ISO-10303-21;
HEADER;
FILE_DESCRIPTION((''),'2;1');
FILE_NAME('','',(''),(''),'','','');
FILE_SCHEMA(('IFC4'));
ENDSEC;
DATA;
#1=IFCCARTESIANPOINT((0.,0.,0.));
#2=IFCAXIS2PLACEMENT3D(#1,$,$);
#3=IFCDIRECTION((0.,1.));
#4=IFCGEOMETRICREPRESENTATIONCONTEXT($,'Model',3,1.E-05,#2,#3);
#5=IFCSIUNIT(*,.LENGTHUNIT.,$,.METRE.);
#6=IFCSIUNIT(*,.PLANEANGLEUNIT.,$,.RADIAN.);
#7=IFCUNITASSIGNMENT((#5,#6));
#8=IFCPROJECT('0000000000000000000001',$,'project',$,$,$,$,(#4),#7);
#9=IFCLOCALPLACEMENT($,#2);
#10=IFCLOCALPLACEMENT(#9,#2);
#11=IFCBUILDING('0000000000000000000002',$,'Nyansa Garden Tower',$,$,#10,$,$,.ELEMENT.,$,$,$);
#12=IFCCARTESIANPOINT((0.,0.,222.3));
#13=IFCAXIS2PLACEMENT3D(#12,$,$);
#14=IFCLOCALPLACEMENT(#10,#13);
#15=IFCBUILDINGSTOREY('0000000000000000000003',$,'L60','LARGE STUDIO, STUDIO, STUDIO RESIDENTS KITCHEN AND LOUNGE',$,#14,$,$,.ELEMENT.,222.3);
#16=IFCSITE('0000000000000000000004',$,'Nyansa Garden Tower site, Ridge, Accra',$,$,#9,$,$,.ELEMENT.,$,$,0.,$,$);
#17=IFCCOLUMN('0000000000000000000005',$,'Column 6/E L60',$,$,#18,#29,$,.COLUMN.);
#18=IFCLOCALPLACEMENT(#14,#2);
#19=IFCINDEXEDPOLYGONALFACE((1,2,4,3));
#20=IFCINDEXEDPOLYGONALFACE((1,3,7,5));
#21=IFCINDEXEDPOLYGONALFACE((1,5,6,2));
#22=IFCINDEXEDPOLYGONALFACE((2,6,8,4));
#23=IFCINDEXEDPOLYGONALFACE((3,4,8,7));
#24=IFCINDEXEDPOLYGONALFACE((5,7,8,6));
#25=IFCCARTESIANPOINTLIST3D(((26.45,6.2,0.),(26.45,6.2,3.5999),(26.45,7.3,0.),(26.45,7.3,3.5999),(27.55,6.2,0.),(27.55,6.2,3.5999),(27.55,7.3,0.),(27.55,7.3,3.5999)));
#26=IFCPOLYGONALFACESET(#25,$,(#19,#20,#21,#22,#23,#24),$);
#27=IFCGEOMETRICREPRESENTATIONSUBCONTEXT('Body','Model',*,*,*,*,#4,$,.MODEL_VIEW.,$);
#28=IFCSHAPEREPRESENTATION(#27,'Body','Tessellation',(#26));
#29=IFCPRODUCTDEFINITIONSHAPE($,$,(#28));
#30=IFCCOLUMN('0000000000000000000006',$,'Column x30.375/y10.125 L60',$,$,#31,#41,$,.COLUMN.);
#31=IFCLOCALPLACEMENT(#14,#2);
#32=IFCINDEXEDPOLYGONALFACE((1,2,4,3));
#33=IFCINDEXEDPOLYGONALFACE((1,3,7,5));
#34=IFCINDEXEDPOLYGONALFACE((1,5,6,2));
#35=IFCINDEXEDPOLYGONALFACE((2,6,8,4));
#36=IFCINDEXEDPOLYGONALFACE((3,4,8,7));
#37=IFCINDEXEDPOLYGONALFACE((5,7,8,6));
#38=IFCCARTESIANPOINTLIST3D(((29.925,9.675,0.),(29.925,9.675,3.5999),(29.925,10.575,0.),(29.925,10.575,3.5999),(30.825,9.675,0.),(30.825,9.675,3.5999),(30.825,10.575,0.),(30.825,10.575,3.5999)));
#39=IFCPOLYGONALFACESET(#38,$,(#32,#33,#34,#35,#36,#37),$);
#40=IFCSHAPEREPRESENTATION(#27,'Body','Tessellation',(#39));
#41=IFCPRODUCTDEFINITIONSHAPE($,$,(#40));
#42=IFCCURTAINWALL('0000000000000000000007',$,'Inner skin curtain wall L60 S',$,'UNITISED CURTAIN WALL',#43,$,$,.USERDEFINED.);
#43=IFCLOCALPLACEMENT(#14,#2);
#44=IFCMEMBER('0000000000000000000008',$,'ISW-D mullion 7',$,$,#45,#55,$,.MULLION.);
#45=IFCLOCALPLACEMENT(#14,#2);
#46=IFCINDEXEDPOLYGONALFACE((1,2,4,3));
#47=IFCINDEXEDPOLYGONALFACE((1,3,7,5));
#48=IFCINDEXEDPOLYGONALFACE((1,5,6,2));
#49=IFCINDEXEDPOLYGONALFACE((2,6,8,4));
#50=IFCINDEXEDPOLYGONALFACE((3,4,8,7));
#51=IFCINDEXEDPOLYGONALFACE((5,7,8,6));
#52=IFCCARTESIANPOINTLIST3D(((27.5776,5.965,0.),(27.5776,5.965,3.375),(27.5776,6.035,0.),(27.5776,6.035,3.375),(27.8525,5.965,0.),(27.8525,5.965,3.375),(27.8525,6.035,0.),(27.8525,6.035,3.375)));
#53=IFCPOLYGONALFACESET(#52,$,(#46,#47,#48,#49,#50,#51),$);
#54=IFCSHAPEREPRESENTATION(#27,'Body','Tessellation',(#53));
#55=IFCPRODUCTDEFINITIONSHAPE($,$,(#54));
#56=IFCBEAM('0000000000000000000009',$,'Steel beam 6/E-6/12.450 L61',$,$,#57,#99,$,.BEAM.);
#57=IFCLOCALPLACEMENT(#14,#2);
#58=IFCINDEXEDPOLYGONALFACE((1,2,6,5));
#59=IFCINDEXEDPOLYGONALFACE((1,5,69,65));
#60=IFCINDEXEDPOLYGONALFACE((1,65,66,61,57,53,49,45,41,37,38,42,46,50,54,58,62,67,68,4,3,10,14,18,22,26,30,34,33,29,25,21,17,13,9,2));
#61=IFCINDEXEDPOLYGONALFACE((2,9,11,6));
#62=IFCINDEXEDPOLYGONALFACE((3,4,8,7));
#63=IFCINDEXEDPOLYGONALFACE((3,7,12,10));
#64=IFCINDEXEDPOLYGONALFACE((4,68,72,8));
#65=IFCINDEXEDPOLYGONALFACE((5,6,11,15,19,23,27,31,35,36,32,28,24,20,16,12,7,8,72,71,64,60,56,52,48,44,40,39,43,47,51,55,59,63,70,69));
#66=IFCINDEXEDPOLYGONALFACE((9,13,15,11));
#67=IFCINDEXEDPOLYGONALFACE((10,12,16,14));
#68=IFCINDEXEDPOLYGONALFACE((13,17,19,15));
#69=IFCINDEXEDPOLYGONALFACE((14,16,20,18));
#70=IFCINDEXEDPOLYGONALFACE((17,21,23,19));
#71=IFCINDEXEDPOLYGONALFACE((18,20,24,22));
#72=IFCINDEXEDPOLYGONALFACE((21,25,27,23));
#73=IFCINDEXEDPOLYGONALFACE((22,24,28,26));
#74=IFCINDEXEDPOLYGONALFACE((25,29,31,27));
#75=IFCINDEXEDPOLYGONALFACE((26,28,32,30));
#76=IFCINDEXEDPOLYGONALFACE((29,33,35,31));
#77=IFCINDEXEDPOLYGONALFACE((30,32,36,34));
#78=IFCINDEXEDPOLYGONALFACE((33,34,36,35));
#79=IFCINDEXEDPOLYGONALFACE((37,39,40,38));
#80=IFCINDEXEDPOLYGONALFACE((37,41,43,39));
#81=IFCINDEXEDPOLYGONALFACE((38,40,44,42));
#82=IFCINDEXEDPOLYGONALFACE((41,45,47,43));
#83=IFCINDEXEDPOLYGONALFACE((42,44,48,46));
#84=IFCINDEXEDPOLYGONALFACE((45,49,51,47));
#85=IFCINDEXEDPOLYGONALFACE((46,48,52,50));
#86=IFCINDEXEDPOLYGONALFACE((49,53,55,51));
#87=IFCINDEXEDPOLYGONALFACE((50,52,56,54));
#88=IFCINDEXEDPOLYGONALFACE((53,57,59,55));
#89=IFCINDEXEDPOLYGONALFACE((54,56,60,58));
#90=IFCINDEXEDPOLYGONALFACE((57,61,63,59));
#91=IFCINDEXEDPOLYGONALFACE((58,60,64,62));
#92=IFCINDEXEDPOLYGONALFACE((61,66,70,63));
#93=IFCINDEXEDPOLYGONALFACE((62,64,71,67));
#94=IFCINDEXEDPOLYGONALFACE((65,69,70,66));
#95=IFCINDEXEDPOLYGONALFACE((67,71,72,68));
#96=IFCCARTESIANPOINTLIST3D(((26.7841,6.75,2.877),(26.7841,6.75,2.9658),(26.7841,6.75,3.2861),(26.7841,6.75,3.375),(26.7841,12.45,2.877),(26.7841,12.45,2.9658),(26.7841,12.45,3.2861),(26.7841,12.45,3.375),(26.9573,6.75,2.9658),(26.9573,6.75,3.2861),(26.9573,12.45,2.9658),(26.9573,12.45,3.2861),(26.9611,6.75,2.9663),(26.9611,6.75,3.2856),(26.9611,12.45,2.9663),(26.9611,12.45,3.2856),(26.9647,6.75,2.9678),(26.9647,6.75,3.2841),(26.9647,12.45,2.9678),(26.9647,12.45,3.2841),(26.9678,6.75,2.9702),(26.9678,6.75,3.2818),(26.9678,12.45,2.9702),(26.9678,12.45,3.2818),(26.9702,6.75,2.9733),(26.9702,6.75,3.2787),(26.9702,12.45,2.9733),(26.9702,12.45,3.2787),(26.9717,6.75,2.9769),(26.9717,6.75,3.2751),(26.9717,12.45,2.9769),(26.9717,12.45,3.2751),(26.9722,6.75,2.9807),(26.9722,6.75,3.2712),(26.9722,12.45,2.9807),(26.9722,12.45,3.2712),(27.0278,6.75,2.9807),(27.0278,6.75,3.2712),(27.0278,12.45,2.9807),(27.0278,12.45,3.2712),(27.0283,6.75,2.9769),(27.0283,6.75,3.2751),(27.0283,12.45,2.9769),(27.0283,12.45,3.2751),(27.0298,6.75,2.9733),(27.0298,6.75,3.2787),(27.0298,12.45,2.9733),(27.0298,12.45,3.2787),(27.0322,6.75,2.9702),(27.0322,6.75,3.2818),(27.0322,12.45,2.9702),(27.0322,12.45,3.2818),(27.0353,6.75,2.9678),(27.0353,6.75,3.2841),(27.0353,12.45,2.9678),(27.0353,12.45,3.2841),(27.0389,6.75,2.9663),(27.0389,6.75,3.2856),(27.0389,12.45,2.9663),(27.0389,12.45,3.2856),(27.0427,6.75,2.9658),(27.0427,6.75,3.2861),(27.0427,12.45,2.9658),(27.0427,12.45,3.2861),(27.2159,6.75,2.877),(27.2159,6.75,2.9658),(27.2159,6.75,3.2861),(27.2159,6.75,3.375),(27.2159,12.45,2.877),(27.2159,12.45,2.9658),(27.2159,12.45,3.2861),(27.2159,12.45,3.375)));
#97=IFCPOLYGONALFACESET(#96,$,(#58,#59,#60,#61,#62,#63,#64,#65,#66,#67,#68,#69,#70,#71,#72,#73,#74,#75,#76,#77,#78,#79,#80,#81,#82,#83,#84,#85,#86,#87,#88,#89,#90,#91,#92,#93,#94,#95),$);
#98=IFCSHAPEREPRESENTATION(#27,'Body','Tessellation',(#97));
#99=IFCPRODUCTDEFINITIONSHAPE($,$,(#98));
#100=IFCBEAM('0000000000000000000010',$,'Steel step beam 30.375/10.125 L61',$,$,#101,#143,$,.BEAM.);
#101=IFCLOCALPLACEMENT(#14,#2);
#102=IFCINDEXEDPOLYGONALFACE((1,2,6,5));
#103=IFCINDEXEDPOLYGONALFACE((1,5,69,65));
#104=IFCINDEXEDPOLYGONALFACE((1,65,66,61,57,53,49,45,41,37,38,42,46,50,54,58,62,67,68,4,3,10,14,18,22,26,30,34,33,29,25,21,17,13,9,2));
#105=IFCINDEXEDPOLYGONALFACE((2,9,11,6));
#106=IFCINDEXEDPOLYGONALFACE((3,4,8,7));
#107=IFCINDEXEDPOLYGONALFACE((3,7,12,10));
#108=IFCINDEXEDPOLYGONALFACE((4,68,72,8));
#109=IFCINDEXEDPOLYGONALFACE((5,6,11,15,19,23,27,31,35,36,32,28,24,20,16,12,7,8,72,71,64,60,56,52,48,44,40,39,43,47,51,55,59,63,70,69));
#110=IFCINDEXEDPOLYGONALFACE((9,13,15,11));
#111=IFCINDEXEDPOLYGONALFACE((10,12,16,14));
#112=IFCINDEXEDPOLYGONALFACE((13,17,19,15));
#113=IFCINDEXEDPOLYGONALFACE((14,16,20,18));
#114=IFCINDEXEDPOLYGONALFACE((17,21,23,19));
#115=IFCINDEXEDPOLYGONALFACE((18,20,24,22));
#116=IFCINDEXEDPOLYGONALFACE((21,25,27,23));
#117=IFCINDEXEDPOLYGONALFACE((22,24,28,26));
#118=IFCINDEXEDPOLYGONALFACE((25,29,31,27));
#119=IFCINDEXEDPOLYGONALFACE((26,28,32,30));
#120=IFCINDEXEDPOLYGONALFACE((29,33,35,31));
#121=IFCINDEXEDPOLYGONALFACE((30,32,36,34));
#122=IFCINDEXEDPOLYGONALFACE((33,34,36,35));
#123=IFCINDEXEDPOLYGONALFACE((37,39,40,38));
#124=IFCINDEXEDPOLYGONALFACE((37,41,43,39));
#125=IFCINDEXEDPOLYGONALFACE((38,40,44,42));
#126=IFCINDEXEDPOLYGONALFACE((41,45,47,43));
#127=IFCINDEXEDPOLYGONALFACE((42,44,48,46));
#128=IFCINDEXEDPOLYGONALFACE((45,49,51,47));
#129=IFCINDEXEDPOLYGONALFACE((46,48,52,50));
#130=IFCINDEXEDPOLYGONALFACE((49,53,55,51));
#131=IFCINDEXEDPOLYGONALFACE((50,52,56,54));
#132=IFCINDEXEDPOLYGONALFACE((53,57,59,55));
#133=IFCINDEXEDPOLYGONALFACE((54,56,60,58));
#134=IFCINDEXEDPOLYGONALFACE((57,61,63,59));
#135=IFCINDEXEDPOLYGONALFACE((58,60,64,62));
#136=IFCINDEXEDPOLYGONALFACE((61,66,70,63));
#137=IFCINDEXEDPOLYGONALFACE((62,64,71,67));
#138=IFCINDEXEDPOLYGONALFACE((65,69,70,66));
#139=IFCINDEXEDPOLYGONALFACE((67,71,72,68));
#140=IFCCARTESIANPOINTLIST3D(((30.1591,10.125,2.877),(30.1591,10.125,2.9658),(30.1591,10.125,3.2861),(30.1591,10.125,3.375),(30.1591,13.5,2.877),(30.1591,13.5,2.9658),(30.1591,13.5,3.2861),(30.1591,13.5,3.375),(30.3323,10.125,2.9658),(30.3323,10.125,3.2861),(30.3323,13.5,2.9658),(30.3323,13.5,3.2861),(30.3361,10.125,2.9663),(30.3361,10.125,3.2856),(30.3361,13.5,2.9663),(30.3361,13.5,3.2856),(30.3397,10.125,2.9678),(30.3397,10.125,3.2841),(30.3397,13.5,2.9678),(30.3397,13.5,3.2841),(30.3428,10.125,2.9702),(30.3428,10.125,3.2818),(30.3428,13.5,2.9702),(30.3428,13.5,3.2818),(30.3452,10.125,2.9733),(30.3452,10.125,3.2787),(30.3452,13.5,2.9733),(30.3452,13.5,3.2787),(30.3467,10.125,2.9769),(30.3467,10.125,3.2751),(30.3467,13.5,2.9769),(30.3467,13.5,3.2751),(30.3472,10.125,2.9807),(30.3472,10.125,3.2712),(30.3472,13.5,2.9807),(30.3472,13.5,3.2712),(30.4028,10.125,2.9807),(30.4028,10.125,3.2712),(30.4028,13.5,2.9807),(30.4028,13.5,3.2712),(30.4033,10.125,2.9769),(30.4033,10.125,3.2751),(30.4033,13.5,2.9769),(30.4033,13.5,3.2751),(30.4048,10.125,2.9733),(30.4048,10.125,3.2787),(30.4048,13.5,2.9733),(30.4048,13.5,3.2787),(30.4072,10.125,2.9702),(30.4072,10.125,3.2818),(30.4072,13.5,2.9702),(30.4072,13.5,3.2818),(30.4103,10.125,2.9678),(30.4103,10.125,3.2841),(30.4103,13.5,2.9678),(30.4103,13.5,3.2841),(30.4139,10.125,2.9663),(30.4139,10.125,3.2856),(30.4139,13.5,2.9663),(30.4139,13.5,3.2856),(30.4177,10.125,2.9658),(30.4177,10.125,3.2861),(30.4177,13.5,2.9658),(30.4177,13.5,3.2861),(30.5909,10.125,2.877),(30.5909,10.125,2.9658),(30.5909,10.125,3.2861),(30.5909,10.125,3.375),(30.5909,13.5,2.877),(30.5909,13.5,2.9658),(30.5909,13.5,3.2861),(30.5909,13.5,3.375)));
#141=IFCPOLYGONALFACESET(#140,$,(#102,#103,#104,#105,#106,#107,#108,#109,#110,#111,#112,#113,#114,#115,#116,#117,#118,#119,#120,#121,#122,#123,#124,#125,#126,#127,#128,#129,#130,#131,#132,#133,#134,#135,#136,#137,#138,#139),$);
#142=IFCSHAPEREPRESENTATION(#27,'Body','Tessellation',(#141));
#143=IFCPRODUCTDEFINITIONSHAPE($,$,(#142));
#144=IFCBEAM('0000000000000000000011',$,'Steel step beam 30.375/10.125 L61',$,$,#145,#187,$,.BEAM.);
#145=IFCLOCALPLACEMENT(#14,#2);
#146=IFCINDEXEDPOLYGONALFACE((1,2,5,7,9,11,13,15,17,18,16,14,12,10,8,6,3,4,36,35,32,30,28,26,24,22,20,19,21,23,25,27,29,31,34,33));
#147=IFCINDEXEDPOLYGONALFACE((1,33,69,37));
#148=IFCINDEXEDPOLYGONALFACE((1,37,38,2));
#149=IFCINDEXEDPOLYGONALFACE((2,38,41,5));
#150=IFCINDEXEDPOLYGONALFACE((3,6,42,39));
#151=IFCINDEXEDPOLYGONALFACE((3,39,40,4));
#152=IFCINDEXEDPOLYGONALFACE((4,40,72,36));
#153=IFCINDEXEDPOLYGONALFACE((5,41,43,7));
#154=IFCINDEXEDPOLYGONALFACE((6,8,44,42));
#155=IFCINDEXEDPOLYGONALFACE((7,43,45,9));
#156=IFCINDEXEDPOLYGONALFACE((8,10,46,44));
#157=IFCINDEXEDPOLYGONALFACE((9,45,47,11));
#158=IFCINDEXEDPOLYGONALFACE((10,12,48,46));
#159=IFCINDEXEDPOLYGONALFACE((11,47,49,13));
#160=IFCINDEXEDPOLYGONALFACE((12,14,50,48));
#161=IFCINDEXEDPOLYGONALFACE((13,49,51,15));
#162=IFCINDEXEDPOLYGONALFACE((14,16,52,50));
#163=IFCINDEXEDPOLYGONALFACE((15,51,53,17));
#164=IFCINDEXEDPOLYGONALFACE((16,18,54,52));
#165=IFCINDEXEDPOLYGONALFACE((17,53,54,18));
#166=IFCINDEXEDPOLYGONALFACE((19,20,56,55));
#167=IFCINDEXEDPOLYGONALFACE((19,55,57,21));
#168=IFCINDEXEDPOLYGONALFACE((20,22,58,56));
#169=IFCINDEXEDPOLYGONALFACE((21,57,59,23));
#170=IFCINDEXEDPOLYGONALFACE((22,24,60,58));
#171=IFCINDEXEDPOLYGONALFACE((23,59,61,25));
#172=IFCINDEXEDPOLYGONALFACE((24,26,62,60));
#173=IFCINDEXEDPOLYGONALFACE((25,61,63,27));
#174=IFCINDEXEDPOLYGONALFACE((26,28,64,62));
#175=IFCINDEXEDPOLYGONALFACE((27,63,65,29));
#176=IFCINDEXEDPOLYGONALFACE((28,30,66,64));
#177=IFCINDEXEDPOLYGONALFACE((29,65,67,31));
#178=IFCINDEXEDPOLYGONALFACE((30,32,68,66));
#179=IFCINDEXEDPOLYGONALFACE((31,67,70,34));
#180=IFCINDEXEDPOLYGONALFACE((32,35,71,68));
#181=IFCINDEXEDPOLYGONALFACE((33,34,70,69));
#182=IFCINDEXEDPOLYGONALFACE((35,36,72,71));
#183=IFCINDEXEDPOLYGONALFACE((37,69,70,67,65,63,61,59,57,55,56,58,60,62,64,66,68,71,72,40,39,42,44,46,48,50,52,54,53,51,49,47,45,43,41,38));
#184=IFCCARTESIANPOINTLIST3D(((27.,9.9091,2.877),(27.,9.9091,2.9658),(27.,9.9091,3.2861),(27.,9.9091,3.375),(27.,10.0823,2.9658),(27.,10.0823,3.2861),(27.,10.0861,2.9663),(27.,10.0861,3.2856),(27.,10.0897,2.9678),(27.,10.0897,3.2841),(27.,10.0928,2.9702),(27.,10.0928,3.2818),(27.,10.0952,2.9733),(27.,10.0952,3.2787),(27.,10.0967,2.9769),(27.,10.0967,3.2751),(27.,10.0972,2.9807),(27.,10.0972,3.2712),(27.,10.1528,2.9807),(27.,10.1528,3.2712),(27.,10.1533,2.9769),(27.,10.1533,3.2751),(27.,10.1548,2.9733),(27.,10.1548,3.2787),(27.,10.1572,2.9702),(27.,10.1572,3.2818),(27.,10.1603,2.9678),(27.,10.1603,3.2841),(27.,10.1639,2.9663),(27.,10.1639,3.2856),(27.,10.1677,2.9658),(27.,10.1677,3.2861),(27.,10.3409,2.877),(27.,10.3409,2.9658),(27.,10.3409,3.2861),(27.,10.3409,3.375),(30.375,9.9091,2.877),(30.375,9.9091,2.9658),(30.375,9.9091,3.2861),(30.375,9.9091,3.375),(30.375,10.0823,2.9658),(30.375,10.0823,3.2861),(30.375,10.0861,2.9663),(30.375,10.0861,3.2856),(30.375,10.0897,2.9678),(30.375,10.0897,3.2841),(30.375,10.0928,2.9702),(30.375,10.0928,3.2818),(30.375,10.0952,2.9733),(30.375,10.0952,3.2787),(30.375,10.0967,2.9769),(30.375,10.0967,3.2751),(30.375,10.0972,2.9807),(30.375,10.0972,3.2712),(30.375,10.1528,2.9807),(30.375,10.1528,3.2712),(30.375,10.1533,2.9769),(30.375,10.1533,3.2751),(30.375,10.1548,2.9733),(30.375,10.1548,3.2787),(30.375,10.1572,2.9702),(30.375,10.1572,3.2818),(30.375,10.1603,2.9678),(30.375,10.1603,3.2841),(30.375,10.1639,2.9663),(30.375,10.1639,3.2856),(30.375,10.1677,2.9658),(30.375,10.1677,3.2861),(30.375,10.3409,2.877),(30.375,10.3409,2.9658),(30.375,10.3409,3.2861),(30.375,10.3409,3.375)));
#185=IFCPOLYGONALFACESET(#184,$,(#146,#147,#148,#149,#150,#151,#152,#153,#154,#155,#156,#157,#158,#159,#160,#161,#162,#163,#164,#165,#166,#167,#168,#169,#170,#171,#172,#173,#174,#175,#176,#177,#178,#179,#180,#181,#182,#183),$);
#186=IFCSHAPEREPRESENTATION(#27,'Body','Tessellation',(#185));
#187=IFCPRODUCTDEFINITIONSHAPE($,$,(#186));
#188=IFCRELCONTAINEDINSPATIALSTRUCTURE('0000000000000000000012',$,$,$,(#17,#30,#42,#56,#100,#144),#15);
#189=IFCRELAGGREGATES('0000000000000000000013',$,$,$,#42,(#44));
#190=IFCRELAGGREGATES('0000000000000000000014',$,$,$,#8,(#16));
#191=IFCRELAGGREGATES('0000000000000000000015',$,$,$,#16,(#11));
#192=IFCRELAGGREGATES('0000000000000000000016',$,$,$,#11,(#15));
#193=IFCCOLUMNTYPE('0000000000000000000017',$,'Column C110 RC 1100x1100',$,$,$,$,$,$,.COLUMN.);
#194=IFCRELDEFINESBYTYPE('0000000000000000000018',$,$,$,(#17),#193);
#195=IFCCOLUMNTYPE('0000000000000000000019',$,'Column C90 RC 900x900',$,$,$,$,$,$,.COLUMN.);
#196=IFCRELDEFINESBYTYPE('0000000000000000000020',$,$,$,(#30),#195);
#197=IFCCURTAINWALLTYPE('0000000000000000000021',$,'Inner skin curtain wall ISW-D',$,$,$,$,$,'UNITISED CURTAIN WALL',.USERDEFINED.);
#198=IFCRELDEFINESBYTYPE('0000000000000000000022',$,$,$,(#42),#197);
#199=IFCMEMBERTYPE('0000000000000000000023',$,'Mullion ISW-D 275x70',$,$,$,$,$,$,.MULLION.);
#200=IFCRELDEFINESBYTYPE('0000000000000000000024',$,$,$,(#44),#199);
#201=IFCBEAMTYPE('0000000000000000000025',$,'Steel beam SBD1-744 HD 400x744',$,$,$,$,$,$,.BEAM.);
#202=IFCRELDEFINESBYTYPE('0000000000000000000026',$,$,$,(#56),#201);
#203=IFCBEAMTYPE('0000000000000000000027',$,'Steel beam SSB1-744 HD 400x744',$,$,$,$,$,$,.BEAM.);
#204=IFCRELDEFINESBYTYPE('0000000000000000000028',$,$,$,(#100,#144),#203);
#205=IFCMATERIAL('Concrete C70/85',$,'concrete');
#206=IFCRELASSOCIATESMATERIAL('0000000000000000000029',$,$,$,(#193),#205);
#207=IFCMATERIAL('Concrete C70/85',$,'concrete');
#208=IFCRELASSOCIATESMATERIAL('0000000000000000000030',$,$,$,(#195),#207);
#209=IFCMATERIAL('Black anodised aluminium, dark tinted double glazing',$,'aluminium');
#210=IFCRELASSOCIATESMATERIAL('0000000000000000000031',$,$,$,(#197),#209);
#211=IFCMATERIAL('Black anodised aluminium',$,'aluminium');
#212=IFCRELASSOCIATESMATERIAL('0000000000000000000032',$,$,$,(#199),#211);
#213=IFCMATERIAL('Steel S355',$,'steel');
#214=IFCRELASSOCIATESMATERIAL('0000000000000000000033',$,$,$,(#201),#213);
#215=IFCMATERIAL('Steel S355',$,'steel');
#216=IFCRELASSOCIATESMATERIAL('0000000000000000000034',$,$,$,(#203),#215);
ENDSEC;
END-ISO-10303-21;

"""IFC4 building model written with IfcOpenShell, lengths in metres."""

from ifc_helpers import new_model, si_unit, direction, frame, origin, origin_2d, place, context, subcontext, project, spatial, rectangle, i_section, extrude, material, material_profile, profile_set, type_object, element, aggregate, save


model = new_model("IFC4")

# Units and contexts
model_context = context("Model", 3, precision=1e-05, world=origin(), true_north=direction((0.0, 1.0)))
body_context = subcontext(model_context, "Body", "Model", "MODEL_VIEW")
ifc_project = project(units=[si_unit("LENGTHUNIT", "METRE"), si_unit("PLANEANGLEUNIT", "RADIAN")], contexts=[model_context])

# Site, building, storey
site_placement = place(None, origin())
site = spatial("IfcSite", under=ifc_project, at=site_placement, Name="Nyansa Garden Tower site, Ridge, Accra", CompositionType="ELEMENT", RefElevation=0.0)
building_placement = place(site_placement, origin())
building = spatial("IfcBuilding", under=site, at=building_placement, Name="Nyansa Garden Tower", CompositionType="ELEMENT")
storey_placement = place(building_placement, frame((0.0, 0.0, 222.3)))
storey = spatial("IfcBuildingStorey", under=building, at=storey_placement, Name="L60", Description="LARGE STUDIO, STUDIO, STUDIO RESIDENTS KITCHEN AND LOUNGE", CompositionType="ELEMENT", Elevation=222.3)

# Columns
ifc_material_1 = material(Name="Concrete C70/85", Category="concrete")
ifc_material_profile_1 = material_profile(ifc_material_1, rectangle(XDim=1.1001, YDim=1.1001, at=origin_2d()), Name="RC 1100x1100")
ifc_profile_set_1 = profile_set([ifc_material_profile_1], Name="Concrete C70/85")
column_type_1 = type_object("IfcColumnType", Name="Column C110 RC 1100x1100", PredefinedType="COLUMN", material=ifc_profile_set_1)
column_1_placement = place(storey_placement, frame((27.0, 6.75, 0.0), z_axis=(0.0, 0.0, 1.0), x_axis=(1.0, 0.0, 0.0)))
element("IfcColumn", 1, at=column_1_placement, inside=storey, type_object=column_type_1, Name="Column 6/E L60", PredefinedType="COLUMN", context=body_context, shape_type="SweptSolid", body=[
    extrude(rectangle(XDim=1.1001, YDim=1.1001, at=origin_2d()), origin(), (0.0, 0.0, 1.0), 3.5999),
])
ifc_material_2 = material(Name="Concrete C70/85", Category="concrete")
ifc_material_profile_2 = material_profile(ifc_material_2, rectangle(XDim=0.8999, YDim=0.8999, at=origin_2d()), Name="RC 900x900")
ifc_profile_set_2 = profile_set([ifc_material_profile_2], Name="Concrete C70/85")
column_type_2 = type_object("IfcColumnType", Name="Column C90 RC 900x900", PredefinedType="COLUMN", material=ifc_profile_set_2)
column_2_placement = place(storey_placement, frame((30.375, 10.125, 0.0), z_axis=(0.0, 0.0, 1.0), x_axis=(1.0, 0.0, 0.0)))
element("IfcColumn", 2, at=column_2_placement, inside=storey, type_object=column_type_2, Name="Column x30.375/y10.125 L60", PredefinedType="COLUMN", context=body_context, shape_type="SweptSolid", body=[
    extrude(rectangle(XDim=0.8999, YDim=0.8999, at=origin_2d()), origin(), (0.0, 0.0, 1.0), 3.5999),
])

# Curtain wall, member
ifc_material_3 = material(Name="Black anodised aluminium, dark tinted double glazing", Category="aluminium")
curtain_wall_type = type_object("IfcCurtainWallType", Name="Inner skin curtain wall ISW-D", ElementType="UNITISED CURTAIN WALL", PredefinedType="USERDEFINED", material=ifc_material_3)
curtain_wall_placement = place(storey_placement, origin())
curtain_wall = element("IfcCurtainWall", 3, at=curtain_wall_placement, inside=storey, type_object=curtain_wall_type, Name="Inner skin curtain wall L60 S", ObjectType="UNITISED CURTAIN WALL", PredefinedType="USERDEFINED")
ifc_material_4 = material(Name="Black anodised aluminium", Category="aluminium")
ifc_material_profile_3 = material_profile(ifc_material_4, rectangle(XDim=0.0701, YDim=0.2749, at=origin_2d()), Name="Mullion 275x70")
ifc_profile_set_3 = profile_set([ifc_material_profile_3], Name="Black anodised aluminium")
member_type = type_object("IfcMemberType", Name="Mullion ISW-D 275x70", PredefinedType="MULLION", material=ifc_profile_set_3)
member_placement = place(storey_placement, frame((27.7151, 6.0, 0.0), z_axis=(0.0, 0.0, 1.0), x_axis=(0.0, 1.0, 0.0)))
member = element("IfcMember", 4, at=member_placement, type_object=member_type, Name="ISW-D mullion 7", PredefinedType="MULLION", context=body_context, shape_type="SweptSolid", body=[
    extrude(rectangle(XDim=0.0701, YDim=0.2749, at=origin_2d()), origin(), (0.0, 0.0, 1.0), 3.375),
])

# Beams
ifc_material_5 = material(Name="Steel S355", Category="steel")
ifc_material_profile_4 = material_profile(ifc_material_5, i_section(OverallWidth=0.4319, OverallDepth=0.498, WebThickness=0.0557, FlangeThickness=0.0889, FilletRadius=0.0149, at=origin_2d()), Name="HD 400x744")
ifc_profile_set_4 = profile_set([ifc_material_profile_4], Name="Steel S355")
beam_type_1 = type_object("IfcBeamType", Name="Steel beam SBD1-744 HD 400x744", PredefinedType="BEAM", material=ifc_profile_set_4)
beam_placement = place(storey_placement, frame((27.0, 6.75, 3.126), z_axis=(0.0, 1.0, 0.0), x_axis=(-1.0, 0.0, 0.0)))
element("IfcBeam", 5, at=beam_placement, inside=storey, type_object=beam_type_1, Name="Steel beam 6/E-6/12.450 L61", PredefinedType="BEAM", context=body_context, shape_type="SweptSolid", body=[
    extrude(i_section(OverallWidth=0.4319, OverallDepth=0.498, WebThickness=0.0557, FlangeThickness=0.0889, FilletRadius=0.0149, at=origin_2d()), origin(), (0.0, 0.0, 1.0), 5.7),
])
ifc_material_6 = material(Name="Steel S355", Category="steel")
ifc_material_profile_5 = material_profile(ifc_material_6, i_section(OverallWidth=0.4319, OverallDepth=0.498, WebThickness=0.0557, FlangeThickness=0.0889, FilletRadius=0.0149, at=origin_2d()), Name="HD 400x744")
ifc_profile_set_5 = profile_set([ifc_material_profile_5], Name="Steel S355")
beam_type_2 = type_object("IfcBeamType", Name="Steel beam SSB1-744 HD 400x744", PredefinedType="BEAM", material=ifc_profile_set_5)
for number, where, z_axis, x_axis, name in (
    (6, (30.375, 10.125, 3.126), (0.0, 1.0, 0.0), (-1.0, 0.0, 0.0), "Steel step beam 30.375/10.125 L61"),
    (7, (30.375, 10.125, 3.126), (-1.0, 0.0, 0.0), (0.0, -1.0, 0.0), "Steel step beam 30.375/10.125 L61"),
):
    element("IfcBeam", number, at=place(storey_placement, frame(where, z_axis=z_axis, x_axis=x_axis)), inside=storey, type_object=beam_type_2, Name=name, PredefinedType="BEAM", context=body_context, shape_type="SweptSolid", body=[
        extrude(i_section(OverallWidth=0.4319, OverallDepth=0.498, WebThickness=0.0557, FlangeThickness=0.0889, FilletRadius=0.0149, at=origin_2d()), origin(), (0.0, 0.0, 1.0), 3.375),
    ])

aggregate(curtain_wall, [member])

save(model, "model.ifc")
